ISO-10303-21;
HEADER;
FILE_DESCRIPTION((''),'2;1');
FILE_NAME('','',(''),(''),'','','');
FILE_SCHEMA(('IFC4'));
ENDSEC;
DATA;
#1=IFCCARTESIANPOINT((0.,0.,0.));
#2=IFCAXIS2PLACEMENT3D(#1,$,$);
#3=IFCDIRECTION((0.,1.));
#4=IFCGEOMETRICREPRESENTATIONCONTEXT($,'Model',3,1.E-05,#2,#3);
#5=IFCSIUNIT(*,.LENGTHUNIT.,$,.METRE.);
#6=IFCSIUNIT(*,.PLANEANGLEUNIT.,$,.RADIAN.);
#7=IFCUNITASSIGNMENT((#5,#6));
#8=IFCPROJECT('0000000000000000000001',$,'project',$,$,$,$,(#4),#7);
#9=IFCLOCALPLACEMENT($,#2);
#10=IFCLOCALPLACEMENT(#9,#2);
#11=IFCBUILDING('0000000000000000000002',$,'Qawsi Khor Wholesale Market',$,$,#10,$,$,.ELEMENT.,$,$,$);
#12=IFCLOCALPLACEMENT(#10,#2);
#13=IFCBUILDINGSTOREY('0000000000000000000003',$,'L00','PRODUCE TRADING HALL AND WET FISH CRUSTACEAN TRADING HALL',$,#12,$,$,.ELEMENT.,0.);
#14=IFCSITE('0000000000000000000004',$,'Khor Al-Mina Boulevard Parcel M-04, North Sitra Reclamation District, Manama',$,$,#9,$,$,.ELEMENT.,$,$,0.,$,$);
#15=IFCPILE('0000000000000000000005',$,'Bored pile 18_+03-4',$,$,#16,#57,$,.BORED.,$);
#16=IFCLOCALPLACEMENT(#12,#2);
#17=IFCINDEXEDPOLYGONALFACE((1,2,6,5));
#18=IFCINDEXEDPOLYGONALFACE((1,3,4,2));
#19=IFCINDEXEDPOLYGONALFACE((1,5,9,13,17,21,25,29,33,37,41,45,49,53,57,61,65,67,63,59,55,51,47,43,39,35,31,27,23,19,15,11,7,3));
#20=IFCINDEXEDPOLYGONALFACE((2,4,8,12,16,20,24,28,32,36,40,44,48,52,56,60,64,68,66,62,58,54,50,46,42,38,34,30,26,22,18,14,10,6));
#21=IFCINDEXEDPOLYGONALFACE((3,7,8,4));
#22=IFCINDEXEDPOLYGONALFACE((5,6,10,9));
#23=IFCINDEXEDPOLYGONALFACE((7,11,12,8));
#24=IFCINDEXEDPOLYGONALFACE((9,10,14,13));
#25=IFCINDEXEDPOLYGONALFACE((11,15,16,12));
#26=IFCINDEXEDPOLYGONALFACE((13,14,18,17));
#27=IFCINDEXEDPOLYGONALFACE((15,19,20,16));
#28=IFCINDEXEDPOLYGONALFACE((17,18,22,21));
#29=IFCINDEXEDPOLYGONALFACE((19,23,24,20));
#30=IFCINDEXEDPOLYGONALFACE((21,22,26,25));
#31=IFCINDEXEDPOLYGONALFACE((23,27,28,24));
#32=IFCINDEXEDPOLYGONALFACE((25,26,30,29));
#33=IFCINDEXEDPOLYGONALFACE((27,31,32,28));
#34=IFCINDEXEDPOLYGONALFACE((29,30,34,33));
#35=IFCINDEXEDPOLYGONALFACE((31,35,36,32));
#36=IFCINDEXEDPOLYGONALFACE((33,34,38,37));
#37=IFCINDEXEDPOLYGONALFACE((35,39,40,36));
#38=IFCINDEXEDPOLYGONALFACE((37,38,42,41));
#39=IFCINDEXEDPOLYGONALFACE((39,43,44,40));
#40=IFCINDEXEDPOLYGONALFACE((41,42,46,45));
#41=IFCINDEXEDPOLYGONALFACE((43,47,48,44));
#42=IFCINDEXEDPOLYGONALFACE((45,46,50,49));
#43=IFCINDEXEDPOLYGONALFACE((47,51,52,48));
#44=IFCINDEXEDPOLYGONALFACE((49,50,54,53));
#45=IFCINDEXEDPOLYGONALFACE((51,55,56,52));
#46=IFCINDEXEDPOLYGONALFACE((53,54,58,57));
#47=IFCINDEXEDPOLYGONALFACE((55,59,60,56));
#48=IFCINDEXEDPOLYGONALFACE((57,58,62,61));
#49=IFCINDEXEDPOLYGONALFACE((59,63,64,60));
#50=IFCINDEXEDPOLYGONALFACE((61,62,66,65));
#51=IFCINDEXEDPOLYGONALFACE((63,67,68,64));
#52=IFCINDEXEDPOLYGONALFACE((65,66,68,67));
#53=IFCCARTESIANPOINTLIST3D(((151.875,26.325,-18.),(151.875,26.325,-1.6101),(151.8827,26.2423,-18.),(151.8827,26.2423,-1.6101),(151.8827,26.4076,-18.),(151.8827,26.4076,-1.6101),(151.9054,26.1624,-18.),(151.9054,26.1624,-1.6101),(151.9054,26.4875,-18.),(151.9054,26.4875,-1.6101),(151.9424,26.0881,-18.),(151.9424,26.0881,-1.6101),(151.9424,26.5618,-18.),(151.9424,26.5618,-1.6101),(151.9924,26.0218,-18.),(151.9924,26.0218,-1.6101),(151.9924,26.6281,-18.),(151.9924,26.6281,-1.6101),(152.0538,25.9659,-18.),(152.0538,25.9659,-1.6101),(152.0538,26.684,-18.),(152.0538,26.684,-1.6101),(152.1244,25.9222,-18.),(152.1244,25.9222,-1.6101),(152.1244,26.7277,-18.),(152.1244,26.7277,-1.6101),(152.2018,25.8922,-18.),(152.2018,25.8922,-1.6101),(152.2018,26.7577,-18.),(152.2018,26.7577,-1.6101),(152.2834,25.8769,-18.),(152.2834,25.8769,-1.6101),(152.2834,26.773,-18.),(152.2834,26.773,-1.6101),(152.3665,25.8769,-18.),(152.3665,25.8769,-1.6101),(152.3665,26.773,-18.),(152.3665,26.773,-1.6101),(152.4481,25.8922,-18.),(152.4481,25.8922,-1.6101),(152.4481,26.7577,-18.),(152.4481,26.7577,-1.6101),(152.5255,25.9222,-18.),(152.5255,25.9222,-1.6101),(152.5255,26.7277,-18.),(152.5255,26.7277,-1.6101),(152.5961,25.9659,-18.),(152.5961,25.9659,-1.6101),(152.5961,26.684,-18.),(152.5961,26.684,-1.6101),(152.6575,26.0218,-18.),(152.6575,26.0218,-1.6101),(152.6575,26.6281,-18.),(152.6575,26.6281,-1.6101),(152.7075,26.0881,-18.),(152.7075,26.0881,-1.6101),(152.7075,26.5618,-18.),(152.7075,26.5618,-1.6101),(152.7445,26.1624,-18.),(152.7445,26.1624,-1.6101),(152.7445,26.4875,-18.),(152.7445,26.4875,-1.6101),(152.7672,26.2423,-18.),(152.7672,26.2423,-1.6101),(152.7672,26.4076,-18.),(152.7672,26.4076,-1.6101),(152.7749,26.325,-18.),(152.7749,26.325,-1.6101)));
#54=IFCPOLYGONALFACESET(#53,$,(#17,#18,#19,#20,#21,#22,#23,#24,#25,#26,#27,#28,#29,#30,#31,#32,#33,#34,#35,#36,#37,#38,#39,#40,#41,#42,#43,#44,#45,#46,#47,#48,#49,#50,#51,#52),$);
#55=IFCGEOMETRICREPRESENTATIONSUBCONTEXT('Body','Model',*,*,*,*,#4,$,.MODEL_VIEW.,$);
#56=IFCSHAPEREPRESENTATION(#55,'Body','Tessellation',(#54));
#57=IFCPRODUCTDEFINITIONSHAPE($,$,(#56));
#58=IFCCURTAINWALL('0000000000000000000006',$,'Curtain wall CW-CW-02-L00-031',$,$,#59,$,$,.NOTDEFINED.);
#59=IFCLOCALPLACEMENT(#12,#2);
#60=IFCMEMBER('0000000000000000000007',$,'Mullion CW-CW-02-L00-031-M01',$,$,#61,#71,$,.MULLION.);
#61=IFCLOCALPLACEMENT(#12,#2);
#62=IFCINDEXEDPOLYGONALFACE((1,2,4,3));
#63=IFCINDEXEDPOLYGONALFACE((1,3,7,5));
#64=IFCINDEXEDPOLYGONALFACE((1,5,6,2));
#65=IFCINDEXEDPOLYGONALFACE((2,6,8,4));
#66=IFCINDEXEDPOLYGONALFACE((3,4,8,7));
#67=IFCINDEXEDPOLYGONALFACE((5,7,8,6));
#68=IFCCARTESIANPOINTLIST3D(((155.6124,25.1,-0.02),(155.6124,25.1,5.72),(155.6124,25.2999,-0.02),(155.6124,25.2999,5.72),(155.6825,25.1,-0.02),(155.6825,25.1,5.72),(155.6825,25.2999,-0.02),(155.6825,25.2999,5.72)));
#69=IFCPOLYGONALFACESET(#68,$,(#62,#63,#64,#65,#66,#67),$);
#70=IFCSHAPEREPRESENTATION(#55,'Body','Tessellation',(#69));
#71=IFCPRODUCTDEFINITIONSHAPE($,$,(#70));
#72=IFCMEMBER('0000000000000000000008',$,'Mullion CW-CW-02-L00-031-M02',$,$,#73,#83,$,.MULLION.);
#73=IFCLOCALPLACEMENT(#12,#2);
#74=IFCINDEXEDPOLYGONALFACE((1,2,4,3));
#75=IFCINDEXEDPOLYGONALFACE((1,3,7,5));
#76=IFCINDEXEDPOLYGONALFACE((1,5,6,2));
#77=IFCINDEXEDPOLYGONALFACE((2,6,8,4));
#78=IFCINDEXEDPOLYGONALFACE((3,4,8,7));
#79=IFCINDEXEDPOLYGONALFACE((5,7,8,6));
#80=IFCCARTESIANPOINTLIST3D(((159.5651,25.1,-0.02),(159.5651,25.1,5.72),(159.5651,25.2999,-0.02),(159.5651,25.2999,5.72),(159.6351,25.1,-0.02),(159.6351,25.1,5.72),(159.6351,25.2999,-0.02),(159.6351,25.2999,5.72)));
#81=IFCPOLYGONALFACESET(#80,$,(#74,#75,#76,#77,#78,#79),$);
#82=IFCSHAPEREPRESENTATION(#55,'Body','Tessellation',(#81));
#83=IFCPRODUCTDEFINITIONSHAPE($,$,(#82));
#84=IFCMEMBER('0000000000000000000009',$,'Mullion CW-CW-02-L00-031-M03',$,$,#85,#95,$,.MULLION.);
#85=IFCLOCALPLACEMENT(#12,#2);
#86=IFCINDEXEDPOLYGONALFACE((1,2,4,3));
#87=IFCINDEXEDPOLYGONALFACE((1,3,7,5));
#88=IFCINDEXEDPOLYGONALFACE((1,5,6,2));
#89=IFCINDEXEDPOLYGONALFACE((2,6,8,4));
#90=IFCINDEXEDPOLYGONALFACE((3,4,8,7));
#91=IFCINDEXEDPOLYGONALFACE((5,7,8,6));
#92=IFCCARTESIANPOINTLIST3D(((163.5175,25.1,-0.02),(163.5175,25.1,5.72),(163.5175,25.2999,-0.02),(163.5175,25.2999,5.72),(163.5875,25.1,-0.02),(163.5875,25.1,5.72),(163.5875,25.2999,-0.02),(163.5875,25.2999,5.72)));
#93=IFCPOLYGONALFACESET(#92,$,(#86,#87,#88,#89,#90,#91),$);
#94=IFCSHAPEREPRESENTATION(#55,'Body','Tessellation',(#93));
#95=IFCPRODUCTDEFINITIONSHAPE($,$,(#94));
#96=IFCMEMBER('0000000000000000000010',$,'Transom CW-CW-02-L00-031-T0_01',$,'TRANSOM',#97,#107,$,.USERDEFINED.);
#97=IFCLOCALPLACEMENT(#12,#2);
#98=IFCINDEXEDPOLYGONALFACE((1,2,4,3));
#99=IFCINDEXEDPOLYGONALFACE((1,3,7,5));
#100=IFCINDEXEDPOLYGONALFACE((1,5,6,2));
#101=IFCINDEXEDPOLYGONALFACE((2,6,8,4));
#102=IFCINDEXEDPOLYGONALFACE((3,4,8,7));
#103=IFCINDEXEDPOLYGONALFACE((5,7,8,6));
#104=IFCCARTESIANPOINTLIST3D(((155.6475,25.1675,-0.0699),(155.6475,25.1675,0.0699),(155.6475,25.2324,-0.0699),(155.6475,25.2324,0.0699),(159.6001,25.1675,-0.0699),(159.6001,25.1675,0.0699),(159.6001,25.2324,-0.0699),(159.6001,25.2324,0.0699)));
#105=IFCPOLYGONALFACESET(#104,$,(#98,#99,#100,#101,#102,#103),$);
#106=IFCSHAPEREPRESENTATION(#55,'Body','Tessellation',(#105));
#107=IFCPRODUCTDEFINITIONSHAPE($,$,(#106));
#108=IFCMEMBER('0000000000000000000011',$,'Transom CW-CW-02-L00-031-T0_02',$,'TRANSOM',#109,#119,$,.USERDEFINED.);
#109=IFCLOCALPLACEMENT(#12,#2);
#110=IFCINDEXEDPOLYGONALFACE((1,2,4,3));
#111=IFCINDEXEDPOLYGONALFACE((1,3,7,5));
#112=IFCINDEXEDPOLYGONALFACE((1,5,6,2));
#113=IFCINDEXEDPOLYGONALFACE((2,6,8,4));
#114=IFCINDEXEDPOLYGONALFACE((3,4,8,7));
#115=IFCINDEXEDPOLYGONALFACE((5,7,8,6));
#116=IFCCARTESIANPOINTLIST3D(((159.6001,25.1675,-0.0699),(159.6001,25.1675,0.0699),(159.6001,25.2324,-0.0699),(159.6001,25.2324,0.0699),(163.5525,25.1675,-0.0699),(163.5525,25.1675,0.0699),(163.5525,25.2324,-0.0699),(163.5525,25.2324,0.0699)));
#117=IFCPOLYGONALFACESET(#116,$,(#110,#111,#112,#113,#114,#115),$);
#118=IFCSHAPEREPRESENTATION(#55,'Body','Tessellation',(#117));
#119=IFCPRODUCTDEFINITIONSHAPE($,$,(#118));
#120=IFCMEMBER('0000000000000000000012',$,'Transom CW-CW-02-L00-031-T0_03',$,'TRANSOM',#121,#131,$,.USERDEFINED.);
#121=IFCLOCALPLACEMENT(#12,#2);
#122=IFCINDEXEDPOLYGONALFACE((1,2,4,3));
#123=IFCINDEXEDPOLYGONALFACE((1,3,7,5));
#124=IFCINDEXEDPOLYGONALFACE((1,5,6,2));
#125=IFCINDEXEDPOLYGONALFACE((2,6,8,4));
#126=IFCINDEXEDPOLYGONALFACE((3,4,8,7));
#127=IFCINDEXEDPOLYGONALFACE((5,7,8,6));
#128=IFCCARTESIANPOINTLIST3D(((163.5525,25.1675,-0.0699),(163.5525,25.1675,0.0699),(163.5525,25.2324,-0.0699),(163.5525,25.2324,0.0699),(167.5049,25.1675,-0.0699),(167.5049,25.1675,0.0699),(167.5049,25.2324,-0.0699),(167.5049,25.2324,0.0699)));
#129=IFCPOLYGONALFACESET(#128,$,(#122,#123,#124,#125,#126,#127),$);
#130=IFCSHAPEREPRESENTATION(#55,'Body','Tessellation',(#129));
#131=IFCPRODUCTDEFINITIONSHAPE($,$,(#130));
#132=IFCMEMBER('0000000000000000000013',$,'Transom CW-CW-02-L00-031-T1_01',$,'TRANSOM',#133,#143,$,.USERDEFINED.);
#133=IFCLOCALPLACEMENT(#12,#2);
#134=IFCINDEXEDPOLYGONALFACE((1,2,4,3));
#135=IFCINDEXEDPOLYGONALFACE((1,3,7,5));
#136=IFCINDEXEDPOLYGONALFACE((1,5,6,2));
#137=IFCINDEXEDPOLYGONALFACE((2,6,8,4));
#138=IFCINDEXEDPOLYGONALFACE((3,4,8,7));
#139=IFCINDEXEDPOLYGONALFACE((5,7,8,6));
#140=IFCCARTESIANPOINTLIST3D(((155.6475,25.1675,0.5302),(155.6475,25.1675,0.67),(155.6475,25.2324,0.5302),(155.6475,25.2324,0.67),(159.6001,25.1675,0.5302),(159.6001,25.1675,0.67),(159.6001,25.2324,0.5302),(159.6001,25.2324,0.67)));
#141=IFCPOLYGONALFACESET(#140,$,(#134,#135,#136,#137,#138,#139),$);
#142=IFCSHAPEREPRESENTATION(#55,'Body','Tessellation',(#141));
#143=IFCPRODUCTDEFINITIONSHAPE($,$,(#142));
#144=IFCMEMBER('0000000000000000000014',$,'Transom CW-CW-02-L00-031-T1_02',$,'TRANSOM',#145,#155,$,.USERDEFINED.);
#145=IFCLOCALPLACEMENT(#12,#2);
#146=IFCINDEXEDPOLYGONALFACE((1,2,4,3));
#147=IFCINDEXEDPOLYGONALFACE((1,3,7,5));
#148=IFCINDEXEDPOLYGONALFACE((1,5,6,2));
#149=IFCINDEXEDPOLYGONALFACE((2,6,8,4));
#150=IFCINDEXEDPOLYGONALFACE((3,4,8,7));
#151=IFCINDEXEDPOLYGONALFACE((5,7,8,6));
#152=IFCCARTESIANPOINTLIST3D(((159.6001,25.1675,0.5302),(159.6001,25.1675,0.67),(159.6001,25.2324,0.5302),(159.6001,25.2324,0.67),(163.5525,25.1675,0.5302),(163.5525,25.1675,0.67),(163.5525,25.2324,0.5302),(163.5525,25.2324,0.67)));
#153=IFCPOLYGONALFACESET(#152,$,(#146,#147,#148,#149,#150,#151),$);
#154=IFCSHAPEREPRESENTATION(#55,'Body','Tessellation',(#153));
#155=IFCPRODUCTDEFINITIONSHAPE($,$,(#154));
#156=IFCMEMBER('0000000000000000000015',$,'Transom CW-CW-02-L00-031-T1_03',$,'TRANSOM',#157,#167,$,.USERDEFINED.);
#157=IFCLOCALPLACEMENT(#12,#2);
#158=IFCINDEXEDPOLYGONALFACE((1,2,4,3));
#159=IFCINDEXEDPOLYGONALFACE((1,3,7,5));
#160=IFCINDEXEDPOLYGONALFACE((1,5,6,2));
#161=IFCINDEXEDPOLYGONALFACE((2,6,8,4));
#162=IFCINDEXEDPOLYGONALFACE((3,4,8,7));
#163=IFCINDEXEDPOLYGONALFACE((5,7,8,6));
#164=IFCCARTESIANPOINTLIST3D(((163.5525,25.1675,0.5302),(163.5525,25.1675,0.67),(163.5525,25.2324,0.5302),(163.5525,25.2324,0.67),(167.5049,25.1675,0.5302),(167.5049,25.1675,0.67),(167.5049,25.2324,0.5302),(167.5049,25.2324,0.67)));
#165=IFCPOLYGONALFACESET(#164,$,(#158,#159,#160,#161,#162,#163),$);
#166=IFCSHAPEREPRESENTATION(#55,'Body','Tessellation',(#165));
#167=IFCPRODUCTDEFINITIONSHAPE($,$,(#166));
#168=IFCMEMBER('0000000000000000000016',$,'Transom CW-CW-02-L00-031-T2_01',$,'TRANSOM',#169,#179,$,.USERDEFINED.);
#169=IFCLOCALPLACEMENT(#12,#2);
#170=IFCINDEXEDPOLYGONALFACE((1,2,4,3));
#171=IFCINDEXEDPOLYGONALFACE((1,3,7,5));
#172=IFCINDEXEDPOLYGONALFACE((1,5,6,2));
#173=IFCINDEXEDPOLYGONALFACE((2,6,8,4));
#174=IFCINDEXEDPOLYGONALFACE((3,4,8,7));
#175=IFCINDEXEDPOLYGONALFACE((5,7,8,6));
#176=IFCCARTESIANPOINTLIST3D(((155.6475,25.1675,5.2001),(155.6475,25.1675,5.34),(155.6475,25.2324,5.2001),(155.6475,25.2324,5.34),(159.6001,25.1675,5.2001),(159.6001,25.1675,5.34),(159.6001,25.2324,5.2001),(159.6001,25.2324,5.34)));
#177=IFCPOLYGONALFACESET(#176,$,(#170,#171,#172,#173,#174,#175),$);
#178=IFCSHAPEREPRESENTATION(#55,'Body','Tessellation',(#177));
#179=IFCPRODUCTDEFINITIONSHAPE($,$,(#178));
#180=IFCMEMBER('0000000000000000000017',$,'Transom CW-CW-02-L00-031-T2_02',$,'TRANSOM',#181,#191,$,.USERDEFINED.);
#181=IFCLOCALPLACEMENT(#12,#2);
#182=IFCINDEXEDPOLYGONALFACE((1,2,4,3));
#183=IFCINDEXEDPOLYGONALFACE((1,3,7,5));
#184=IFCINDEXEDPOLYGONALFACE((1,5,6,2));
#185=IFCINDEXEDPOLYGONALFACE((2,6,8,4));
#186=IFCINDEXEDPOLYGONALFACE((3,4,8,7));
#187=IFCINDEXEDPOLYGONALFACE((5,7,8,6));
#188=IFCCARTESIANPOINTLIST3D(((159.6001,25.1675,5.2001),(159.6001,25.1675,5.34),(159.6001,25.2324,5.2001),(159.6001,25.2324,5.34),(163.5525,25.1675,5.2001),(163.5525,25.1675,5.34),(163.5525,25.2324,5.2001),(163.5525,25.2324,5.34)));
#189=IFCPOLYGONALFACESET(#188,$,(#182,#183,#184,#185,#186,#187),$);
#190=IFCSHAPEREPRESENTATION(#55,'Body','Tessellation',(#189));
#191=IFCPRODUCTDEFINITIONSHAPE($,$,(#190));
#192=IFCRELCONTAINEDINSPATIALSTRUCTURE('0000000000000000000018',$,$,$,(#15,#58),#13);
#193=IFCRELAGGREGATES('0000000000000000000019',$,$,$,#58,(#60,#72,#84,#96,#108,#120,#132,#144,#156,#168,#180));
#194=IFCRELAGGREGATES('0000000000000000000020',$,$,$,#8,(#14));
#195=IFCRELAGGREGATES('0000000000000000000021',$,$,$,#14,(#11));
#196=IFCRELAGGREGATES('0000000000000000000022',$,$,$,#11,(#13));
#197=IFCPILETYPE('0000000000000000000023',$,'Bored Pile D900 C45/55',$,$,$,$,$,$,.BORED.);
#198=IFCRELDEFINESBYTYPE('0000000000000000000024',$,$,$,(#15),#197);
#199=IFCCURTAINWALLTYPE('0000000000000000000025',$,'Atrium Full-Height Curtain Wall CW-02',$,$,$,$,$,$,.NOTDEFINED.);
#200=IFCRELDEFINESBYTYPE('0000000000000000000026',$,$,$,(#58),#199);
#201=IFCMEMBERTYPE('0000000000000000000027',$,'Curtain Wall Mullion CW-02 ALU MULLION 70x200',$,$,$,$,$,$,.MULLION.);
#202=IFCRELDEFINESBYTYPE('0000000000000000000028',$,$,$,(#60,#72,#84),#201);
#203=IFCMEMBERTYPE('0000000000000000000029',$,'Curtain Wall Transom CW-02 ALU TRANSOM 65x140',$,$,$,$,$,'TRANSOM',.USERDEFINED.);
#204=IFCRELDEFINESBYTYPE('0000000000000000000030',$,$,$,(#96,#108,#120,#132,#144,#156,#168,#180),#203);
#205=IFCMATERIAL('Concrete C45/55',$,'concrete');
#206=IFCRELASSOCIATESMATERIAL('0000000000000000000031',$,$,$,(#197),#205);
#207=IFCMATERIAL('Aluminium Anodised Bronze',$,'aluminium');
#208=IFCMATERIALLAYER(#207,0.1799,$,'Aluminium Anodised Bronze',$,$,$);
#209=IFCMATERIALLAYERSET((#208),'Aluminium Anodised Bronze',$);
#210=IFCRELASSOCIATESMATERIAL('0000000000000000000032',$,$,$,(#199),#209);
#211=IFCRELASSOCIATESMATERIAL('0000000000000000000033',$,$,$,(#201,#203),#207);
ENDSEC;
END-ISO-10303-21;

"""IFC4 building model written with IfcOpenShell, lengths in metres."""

from ifc_helpers import new_model, si_unit, direction, frame, origin, origin_2d, place, context, subcontext, project, spatial, rectangle, circle, extrude, material, layer, layer_set, material_profile, profile_set, type_object, element, aggregate, save


model = new_model("IFC4")

# Units and contexts
model_context = context("Model", 3, precision=1e-05, world=origin(), true_north=direction((0.0, 1.0)))
body_context = subcontext(model_context, "Body", "Model", "MODEL_VIEW")
ifc_project = project(units=[si_unit("LENGTHUNIT", "METRE"), si_unit("PLANEANGLEUNIT", "RADIAN")], contexts=[model_context])

# Site, building, storey
site_placement = place(None, origin())
site = spatial("IfcSite", under=ifc_project, at=site_placement, Name="Khor Al-Mina Boulevard Parcel M-04, North Sitra Reclamation District, Manama", CompositionType="ELEMENT", RefElevation=0.0)
building_placement = place(site_placement, origin())
building = spatial("IfcBuilding", under=site, at=building_placement, Name="Qawsi Khor Wholesale Market", CompositionType="ELEMENT")
storey_placement = place(building_placement, origin())
storey = spatial("IfcBuildingStorey", under=building, at=storey_placement, Name="L00", Description="PRODUCE TRADING HALL AND WET FISH CRUSTACEAN TRADING HALL", CompositionType="ELEMENT", Elevation=0.0)

# Pile
ifc_material_1 = material(Name="Concrete C45/55", Category="concrete")
ifc_material_profile_1 = material_profile(ifc_material_1, circle(Radius=0.45, at=origin_2d()), Name="PILE D900")
ifc_profile_set_1 = profile_set([ifc_material_profile_1], Name="Concrete C45/55")
pile_type = type_object("IfcPileType", Name="Bored Pile D900 C45/55", PredefinedType="BORED", material=ifc_profile_set_1)
pile_placement = place(storey_placement, frame((152.325, 26.325, -1.6101), z_axis=(0.0, 0.0, -1.0), x_axis=(1.0, 0.0, 0.0)))
element("IfcPile", 1, at=pile_placement, inside=storey, type_object=pile_type, Name="Bored pile 18_+03-4", PredefinedType="BORED", context=body_context, shape_type="SweptSolid", body=[
    extrude(circle(Radius=0.45, at=origin_2d()), origin(), (0.0, 0.0, 1.0), 16.3899),
])

# Curtain wall, members
ifc_material_2 = material(Name="Aluminium Anodised Bronze", Category="aluminium")
ifc_layer_1 = layer(ifc_material_2, 0.1799, Name="Aluminium Anodised Bronze")
ifc_layer_set_1 = layer_set([ifc_layer_1], Name="Aluminium Anodised Bronze")
curtain_wall_type = type_object("IfcCurtainWallType", Name="Atrium Full-Height Curtain Wall CW-02", PredefinedType="NOTDEFINED", material=ifc_layer_set_1)
curtain_wall_placement = place(storey_placement, origin())
curtain_wall = element("IfcCurtainWall", 2, at=curtain_wall_placement, inside=storey, type_object=curtain_wall_type, Name="Curtain wall CW-CW-02-L00-031", PredefinedType="NOTDEFINED")
ifc_material_profile_2 = material_profile(ifc_material_2, rectangle(XDim=0.0701, YDim=0.2, at=origin_2d()), Name="ALU MULLION 70x200")
ifc_profile_set_2 = profile_set([ifc_material_profile_2], Name="Aluminium Anodised Bronze")
member_type_1 = type_object("IfcMemberType", Name="Curtain Wall Mullion CW-02 ALU MULLION 70x200", PredefinedType="MULLION", material=ifc_profile_set_2)
member_1_placement = place(storey_placement, frame((155.6475, 25.2, -0.02), z_axis=(0.0, 0.0, 1.0), x_axis=(1.0, 0.0, 0.0)))
member_1 = element("IfcMember", 3, at=member_1_placement, type_object=member_type_1, Name="Mullion CW-CW-02-L00-031-M01", PredefinedType="MULLION", context=body_context, shape_type="SweptSolid", body=[
    extrude(rectangle(XDim=0.0701, YDim=0.2, at=origin_2d()), origin(), (0.0, 0.0, 1.0), 5.74),
])
member_2_placement = place(storey_placement, frame((159.6001, 25.2, -0.02), z_axis=(0.0, 0.0, 1.0), x_axis=(1.0, 0.0, 0.0)))
member_2 = element("IfcMember", 4, at=member_2_placement, type_object=member_type_1, Name="Mullion CW-CW-02-L00-031-M02", PredefinedType="MULLION", context=body_context, shape_type="SweptSolid", body=[
    extrude(rectangle(XDim=0.0701, YDim=0.2, at=origin_2d()), origin(), (0.0, 0.0, 1.0), 5.74),
])
member_3_placement = place(storey_placement, frame((163.5525, 25.2, -0.02), z_axis=(0.0, 0.0, 1.0), x_axis=(1.0, 0.0, 0.0)))
member_3 = element("IfcMember", 5, at=member_3_placement, type_object=member_type_1, Name="Mullion CW-CW-02-L00-031-M03", PredefinedType="MULLION", context=body_context, shape_type="SweptSolid", body=[
    extrude(rectangle(XDim=0.0701, YDim=0.2, at=origin_2d()), origin(), (0.0, 0.0, 1.0), 5.74),
])
ifc_material_profile_3 = material_profile(ifc_material_2, rectangle(XDim=0.0649, YDim=0.1399, at=origin_2d()), Name="ALU TRANSOM 65x140")
ifc_profile_set_3 = profile_set([ifc_material_profile_3], Name="Aluminium Anodised Bronze")
member_type_2 = type_object("IfcMemberType", Name="Curtain Wall Transom CW-02 ALU TRANSOM 65x140", ElementType="TRANSOM", PredefinedType="USERDEFINED", material=ifc_profile_set_3)
member_4_placement = place(storey_placement, frame((155.6475, 25.2, 0.0), z_axis=(1.0, 0.0, 0.0), x_axis=(0.0, 1.0, 0.0)))
member_4 = element("IfcMember", 6, at=member_4_placement, type_object=member_type_2, Name="Transom CW-CW-02-L00-031-T0_01", ObjectType="TRANSOM", PredefinedType="USERDEFINED", context=body_context, shape_type="SweptSolid", body=[
    extrude(rectangle(XDim=0.0649, YDim=0.1399, at=origin_2d()), origin(), (0.0, 0.0, 1.0), 3.9526),
])
member_5_placement = place(storey_placement, frame((159.6001, 25.2, 0.0), z_axis=(1.0, 0.0, 0.0), x_axis=(0.0, 1.0, 0.0)))
member_5 = element("IfcMember", 7, at=member_5_placement, type_object=member_type_2, Name="Transom CW-CW-02-L00-031-T0_02", ObjectType="TRANSOM", PredefinedType="USERDEFINED", context=body_context, shape_type="SweptSolid", body=[
    extrude(rectangle(XDim=0.0649, YDim=0.1399, at=origin_2d()), origin(), (0.0, 0.0, 1.0), 3.9524),
])
member_6_placement = place(storey_placement, frame((163.5525, 25.2, 0.0), z_axis=(1.0, 0.0, 0.0), x_axis=(0.0, 1.0, 0.0)))
member_6 = element("IfcMember", 8, at=member_6_placement, type_object=member_type_2, Name="Transom CW-CW-02-L00-031-T0_03", ObjectType="TRANSOM", PredefinedType="USERDEFINED", context=body_context, shape_type="SweptSolid", body=[
    extrude(rectangle(XDim=0.0649, YDim=0.1399, at=origin_2d()), origin(), (0.0, 0.0, 1.0), 3.9524),
])
member_7_placement = place(storey_placement, frame((155.6475, 25.2, 0.6001), z_axis=(1.0, 0.0, 0.0), x_axis=(0.0, 1.0, 0.0)))
member_7 = element("IfcMember", 9, at=member_7_placement, type_object=member_type_2, Name="Transom CW-CW-02-L00-031-T1_01", ObjectType="TRANSOM", PredefinedType="USERDEFINED", context=body_context, shape_type="SweptSolid", body=[
    extrude(rectangle(XDim=0.0649, YDim=0.1399, at=origin_2d()), origin(), (0.0, 0.0, 1.0), 3.9526),
])
member_8_placement = place(storey_placement, frame((159.6001, 25.2, 0.6001), z_axis=(1.0, 0.0, 0.0), x_axis=(0.0, 1.0, 0.0)))
member_8 = element("IfcMember", 10, at=member_8_placement, type_object=member_type_2, Name="Transom CW-CW-02-L00-031-T1_02", ObjectType="TRANSOM", PredefinedType="USERDEFINED", context=body_context, shape_type="SweptSolid", body=[
    extrude(rectangle(XDim=0.0649, YDim=0.1399, at=origin_2d()), origin(), (0.0, 0.0, 1.0), 3.9524),
])
member_9_placement = place(storey_placement, frame((163.5525, 25.2, 0.6001), z_axis=(1.0, 0.0, 0.0), x_axis=(0.0, 1.0, 0.0)))
member_9 = element("IfcMember", 11, at=member_9_placement, type_object=member_type_2, Name="Transom CW-CW-02-L00-031-T1_03", ObjectType="TRANSOM", PredefinedType="USERDEFINED", context=body_context, shape_type="SweptSolid", body=[
    extrude(rectangle(XDim=0.0649, YDim=0.1399, at=origin_2d()), origin(), (0.0, 0.0, 1.0), 3.9524),
])
member_10_placement = place(storey_placement, frame((155.6475, 25.2, 5.27), z_axis=(1.0, 0.0, 0.0), x_axis=(0.0, 1.0, 0.0)))
member_10 = element("IfcMember", 12, at=member_10_placement, type_object=member_type_2, Name="Transom CW-CW-02-L00-031-T2_01", ObjectType="TRANSOM", PredefinedType="USERDEFINED", context=body_context, shape_type="SweptSolid", body=[
    extrude(rectangle(XDim=0.0649, YDim=0.1399, at=origin_2d()), origin(), (0.0, 0.0, 1.0), 3.9526),
])
member_11_placement = place(storey_placement, frame((159.6001, 25.2, 5.27), z_axis=(1.0, 0.0, 0.0), x_axis=(0.0, 1.0, 0.0)))
member_11 = element("IfcMember", 13, at=member_11_placement, type_object=member_type_2, Name="Transom CW-CW-02-L00-031-T2_02", ObjectType="TRANSOM", PredefinedType="USERDEFINED", context=body_context, shape_type="SweptSolid", body=[
    extrude(rectangle(XDim=0.0649, YDim=0.1399, at=origin_2d()), origin(), (0.0, 0.0, 1.0), 3.9524),
])
aggregate(curtain_wall, [member_1, member_2, member_3, member_4, member_5, member_6, member_7, member_8, member_9, member_10, member_11])

save(model, "model.ifc")
